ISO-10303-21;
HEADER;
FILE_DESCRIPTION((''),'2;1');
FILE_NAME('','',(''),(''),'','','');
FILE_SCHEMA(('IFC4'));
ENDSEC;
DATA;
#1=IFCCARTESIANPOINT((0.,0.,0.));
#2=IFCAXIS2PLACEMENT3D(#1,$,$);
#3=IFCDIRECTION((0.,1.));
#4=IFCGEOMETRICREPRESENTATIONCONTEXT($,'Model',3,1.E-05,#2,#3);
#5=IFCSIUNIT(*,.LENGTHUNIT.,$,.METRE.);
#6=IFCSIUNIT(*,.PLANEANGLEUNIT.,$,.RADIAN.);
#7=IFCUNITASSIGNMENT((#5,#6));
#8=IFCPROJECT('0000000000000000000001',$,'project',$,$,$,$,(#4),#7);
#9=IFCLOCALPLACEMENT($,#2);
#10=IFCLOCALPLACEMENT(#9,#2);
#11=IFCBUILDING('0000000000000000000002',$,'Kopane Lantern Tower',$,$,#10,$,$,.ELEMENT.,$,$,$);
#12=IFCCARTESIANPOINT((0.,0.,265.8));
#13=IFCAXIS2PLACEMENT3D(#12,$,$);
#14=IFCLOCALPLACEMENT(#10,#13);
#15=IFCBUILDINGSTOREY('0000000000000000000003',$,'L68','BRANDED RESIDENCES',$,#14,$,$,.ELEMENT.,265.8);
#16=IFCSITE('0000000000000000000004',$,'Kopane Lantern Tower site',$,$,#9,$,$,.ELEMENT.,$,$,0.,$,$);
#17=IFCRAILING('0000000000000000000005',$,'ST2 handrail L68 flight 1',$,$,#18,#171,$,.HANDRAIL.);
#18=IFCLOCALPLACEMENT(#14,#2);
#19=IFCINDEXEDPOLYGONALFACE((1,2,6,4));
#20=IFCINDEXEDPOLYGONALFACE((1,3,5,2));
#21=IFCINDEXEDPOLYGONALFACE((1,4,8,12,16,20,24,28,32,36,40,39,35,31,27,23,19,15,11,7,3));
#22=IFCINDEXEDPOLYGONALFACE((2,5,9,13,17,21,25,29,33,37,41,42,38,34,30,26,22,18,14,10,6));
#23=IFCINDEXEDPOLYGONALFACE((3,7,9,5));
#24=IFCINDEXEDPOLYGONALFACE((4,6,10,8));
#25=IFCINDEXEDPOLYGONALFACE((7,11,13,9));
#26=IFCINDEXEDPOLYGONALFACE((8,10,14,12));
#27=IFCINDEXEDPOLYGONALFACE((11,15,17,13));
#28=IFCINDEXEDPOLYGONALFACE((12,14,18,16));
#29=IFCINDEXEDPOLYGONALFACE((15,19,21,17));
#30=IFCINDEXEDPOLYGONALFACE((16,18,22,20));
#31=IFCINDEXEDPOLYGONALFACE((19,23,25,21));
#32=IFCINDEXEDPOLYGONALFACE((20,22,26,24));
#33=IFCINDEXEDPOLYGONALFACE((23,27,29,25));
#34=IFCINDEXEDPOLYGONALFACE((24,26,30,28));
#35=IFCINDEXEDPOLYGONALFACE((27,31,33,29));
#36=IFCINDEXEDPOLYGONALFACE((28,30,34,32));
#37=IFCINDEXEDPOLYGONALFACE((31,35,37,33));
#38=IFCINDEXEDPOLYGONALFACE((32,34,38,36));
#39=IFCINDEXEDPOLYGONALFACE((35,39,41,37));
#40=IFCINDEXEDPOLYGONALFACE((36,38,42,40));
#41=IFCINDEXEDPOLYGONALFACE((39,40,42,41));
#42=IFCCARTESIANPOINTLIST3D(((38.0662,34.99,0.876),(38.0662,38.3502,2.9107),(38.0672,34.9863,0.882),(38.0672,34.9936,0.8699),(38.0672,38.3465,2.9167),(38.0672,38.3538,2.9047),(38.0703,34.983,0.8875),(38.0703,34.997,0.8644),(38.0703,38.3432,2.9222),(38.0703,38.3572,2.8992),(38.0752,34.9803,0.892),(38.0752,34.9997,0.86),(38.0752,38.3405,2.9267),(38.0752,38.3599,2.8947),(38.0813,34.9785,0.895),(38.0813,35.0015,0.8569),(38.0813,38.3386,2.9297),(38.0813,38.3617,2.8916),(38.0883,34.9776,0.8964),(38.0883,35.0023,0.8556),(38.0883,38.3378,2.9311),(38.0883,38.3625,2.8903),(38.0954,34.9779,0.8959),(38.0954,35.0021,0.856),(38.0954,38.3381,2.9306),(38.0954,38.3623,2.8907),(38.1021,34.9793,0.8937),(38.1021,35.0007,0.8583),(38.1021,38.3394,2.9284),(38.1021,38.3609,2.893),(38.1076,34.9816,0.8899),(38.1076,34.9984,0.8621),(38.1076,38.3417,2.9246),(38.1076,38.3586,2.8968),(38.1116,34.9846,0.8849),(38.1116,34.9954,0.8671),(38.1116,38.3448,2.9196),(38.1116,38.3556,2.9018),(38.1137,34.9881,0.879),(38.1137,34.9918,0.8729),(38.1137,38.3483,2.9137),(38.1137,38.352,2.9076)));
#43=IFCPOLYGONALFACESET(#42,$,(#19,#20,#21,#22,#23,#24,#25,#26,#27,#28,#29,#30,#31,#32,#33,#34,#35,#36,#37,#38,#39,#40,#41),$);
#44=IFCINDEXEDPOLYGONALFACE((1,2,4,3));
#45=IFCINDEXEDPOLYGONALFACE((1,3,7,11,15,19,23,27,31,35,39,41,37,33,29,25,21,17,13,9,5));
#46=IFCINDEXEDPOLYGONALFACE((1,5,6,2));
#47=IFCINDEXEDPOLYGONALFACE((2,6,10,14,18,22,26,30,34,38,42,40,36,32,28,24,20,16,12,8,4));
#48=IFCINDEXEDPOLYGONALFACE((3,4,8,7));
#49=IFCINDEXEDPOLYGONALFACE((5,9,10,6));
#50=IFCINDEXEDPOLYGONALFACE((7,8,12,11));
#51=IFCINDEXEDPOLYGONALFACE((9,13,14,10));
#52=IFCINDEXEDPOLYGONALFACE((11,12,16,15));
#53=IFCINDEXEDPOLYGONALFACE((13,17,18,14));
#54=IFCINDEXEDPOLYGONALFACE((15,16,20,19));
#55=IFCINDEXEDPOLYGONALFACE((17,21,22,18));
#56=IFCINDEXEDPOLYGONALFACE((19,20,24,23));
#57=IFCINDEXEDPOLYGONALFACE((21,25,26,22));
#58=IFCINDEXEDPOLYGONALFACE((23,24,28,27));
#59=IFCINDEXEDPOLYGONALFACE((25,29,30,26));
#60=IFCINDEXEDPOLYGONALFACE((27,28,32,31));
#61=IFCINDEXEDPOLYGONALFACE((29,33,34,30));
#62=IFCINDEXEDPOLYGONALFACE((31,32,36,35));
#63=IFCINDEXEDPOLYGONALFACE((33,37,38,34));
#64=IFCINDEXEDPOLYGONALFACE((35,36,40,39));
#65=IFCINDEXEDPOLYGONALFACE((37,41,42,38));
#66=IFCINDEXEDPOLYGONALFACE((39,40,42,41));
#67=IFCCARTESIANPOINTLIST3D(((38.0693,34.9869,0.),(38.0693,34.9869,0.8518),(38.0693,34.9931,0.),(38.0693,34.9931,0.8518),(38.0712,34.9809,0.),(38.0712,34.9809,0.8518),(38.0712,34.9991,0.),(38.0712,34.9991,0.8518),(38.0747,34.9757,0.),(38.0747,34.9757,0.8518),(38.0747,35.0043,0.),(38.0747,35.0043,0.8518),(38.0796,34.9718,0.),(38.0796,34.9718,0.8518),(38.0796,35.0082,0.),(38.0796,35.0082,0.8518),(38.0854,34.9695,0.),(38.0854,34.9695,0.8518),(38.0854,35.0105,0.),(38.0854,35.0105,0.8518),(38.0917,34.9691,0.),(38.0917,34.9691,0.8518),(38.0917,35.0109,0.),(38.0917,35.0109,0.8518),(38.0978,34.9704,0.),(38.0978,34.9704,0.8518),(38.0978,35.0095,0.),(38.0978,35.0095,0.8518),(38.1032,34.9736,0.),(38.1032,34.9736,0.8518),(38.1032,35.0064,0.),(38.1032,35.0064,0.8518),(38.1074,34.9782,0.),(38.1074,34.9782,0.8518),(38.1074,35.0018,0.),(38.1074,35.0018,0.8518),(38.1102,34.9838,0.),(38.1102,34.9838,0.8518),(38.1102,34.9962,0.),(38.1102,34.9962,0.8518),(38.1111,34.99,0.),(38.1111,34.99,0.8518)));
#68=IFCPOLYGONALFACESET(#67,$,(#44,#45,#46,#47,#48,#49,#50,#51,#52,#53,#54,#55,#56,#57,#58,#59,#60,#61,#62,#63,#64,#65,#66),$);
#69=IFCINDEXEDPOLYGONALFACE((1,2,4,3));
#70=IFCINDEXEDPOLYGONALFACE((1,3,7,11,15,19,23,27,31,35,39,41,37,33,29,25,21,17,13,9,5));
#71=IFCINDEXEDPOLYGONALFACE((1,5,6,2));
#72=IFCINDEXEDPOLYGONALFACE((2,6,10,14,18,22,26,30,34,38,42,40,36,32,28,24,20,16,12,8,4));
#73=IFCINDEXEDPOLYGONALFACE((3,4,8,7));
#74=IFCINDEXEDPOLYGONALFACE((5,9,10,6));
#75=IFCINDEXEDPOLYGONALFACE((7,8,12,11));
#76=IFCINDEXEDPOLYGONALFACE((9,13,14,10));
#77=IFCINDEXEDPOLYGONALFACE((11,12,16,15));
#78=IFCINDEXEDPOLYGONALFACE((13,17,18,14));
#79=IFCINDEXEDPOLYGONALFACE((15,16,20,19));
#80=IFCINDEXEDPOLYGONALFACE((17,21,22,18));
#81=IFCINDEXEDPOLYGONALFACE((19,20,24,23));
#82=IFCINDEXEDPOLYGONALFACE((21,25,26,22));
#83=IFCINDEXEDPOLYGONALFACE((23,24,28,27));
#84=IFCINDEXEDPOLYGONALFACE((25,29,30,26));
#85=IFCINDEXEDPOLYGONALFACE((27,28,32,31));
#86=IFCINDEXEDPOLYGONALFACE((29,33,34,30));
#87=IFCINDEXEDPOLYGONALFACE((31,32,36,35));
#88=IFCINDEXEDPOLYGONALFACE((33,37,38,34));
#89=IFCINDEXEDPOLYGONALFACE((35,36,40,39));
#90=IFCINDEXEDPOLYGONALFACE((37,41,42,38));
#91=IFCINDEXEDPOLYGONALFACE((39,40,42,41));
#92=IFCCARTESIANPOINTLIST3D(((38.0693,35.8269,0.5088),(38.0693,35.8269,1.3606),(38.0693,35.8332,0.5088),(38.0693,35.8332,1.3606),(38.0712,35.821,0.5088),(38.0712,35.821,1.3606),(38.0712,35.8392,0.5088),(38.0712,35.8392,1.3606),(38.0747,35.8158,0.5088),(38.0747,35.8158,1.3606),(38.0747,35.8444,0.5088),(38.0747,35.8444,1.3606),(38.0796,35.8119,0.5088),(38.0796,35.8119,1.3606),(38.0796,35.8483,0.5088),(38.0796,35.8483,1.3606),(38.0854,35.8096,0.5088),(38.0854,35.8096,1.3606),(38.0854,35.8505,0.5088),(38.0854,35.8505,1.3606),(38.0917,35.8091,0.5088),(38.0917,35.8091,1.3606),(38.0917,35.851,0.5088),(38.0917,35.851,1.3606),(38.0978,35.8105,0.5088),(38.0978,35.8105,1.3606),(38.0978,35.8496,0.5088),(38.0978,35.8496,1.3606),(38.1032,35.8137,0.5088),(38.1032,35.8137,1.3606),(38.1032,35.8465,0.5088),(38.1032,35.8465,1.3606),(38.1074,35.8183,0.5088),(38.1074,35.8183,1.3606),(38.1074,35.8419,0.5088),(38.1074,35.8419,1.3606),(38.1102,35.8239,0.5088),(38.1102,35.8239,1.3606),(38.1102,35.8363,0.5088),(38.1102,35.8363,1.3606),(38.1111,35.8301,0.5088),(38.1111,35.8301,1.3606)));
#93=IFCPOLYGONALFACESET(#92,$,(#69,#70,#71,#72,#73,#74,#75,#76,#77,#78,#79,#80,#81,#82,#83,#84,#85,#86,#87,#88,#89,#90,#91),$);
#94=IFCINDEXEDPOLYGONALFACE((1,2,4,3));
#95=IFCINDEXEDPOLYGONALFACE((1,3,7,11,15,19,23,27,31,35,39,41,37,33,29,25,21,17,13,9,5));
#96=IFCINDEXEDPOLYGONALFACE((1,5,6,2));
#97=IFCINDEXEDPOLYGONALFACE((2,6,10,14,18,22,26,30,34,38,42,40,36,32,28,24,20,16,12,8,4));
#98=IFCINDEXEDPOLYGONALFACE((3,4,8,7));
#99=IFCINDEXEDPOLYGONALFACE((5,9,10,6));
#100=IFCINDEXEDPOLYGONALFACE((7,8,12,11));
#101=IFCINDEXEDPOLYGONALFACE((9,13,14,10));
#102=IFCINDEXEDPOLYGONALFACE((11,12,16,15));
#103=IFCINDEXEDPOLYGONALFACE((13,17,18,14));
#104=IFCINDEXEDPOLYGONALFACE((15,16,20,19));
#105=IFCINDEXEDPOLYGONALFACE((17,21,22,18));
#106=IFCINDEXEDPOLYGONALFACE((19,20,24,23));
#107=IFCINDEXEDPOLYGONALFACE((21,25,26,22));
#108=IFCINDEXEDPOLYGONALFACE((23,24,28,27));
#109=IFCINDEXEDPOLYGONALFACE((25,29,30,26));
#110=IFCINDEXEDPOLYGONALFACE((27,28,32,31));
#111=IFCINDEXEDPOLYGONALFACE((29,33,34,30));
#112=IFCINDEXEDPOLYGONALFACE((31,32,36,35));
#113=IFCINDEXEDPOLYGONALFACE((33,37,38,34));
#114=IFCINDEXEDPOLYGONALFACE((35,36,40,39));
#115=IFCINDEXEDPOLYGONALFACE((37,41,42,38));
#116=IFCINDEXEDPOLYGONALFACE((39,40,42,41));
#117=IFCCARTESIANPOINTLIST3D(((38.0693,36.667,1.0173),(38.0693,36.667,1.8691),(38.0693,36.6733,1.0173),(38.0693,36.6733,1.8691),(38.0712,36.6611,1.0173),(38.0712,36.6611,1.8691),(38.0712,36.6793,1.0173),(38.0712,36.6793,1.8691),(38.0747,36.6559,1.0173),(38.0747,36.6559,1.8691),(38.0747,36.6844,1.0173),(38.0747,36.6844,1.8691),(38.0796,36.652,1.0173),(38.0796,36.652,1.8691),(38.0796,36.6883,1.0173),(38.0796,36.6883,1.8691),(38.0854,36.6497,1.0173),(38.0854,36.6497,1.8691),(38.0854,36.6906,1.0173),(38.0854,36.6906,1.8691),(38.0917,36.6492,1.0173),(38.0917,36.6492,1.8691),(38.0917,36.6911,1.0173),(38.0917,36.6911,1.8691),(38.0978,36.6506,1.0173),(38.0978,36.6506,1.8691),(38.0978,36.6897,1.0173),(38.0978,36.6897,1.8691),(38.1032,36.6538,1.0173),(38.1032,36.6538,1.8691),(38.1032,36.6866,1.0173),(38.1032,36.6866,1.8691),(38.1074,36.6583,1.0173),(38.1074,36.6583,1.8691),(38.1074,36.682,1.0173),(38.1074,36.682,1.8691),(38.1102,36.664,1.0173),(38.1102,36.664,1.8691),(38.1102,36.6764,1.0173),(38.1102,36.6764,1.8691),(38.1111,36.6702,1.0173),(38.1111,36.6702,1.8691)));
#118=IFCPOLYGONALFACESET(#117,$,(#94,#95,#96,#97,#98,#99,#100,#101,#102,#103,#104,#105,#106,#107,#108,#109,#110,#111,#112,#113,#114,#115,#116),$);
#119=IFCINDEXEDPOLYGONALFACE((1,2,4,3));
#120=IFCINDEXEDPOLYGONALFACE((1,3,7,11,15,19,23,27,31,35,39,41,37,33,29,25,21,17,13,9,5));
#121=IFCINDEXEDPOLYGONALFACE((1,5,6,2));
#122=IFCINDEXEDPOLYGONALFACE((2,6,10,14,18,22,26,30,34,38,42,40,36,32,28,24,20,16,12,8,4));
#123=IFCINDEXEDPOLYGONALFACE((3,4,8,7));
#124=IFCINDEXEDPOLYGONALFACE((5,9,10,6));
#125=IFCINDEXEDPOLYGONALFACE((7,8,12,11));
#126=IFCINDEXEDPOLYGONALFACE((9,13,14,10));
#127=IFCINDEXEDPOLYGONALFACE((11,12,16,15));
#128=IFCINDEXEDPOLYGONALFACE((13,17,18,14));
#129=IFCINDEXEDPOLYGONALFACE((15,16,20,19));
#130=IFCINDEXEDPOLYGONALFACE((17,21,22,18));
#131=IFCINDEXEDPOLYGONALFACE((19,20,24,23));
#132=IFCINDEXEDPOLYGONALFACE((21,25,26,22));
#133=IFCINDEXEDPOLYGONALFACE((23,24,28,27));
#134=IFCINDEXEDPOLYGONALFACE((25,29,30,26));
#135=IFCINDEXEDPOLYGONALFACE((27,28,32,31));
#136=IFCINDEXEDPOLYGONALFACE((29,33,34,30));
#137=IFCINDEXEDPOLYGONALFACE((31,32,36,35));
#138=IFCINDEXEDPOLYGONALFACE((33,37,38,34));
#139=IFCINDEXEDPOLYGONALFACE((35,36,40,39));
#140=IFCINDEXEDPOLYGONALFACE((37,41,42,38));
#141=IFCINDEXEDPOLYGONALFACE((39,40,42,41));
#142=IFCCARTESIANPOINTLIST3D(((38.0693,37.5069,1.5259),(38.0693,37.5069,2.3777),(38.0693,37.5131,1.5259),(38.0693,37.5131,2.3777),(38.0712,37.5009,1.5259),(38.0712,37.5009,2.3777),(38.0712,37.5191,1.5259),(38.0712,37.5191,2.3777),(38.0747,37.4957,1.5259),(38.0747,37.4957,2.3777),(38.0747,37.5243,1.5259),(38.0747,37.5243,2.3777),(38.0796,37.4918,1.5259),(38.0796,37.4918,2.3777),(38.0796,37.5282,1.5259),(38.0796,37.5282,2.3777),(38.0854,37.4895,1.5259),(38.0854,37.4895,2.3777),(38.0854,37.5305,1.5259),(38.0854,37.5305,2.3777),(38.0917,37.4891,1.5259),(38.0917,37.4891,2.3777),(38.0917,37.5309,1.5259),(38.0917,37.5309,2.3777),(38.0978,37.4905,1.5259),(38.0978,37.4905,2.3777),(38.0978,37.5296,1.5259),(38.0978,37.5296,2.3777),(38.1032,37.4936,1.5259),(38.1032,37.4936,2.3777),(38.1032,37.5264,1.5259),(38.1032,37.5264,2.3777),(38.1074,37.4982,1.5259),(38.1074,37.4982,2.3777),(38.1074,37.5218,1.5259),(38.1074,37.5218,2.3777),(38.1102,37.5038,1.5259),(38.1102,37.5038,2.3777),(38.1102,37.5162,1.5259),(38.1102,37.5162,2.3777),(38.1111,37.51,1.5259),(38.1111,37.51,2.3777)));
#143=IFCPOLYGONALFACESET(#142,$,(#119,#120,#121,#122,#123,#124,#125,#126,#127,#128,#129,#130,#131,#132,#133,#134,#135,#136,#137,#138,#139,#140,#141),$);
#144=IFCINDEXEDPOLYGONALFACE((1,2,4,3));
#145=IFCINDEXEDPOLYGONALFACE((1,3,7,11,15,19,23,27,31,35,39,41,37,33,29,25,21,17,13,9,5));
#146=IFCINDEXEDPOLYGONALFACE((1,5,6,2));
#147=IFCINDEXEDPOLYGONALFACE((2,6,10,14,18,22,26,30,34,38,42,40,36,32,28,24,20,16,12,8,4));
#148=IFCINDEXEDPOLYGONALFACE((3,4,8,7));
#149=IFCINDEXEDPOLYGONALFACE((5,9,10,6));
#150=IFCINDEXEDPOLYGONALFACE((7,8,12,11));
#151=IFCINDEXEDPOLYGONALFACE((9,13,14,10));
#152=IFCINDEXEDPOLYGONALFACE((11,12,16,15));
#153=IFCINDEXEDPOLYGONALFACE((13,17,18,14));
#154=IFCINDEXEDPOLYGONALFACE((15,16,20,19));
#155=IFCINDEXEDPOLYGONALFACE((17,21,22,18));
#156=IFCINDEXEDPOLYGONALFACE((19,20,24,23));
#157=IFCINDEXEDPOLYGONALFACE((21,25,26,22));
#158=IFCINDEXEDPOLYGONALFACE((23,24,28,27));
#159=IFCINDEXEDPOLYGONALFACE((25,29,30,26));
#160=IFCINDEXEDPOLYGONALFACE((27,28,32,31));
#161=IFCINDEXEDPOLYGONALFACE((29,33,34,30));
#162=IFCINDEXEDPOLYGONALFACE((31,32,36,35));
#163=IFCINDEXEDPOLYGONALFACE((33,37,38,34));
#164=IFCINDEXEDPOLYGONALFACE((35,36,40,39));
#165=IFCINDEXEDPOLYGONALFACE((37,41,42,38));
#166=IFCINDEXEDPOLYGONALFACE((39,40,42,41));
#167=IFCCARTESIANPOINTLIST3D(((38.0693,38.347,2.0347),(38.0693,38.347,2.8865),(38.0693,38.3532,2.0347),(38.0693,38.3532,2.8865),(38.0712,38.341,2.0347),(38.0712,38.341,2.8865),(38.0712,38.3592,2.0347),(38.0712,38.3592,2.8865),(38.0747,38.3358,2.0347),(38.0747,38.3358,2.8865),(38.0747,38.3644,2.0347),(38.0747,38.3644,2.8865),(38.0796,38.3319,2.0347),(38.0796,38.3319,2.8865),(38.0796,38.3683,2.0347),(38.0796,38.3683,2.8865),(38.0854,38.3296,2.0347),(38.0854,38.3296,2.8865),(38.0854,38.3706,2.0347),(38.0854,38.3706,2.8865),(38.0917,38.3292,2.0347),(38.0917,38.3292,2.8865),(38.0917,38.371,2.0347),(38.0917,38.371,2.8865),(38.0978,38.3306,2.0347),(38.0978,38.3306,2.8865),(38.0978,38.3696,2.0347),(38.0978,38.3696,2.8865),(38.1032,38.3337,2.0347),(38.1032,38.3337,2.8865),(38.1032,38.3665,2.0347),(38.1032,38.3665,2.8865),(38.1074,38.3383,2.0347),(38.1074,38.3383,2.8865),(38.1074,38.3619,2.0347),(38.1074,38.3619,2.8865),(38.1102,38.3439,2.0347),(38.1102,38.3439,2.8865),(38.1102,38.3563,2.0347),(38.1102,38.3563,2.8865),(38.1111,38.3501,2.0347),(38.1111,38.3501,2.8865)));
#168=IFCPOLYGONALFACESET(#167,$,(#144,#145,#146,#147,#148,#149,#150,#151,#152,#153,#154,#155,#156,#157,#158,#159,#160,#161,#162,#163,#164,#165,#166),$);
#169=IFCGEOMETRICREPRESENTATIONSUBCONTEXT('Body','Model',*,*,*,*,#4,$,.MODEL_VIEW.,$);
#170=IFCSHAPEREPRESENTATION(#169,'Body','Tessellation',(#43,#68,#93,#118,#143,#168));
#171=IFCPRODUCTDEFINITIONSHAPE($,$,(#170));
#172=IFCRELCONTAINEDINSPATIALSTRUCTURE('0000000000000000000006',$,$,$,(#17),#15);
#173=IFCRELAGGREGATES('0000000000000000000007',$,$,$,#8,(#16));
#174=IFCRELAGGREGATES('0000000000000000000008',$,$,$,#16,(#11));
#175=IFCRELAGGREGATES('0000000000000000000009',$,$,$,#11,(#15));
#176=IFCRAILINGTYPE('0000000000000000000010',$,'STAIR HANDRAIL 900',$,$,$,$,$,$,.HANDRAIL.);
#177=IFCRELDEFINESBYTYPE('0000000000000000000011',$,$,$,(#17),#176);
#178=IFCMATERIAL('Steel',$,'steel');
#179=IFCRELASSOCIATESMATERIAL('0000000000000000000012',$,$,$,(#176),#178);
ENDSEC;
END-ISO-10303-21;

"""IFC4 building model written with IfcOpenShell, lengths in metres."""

from ifc_helpers import new_model, si_unit, direction, frame, origin, origin_2d, place, context, subcontext, project, spatial, circle, extrude, material, type_object, element, save


model = new_model("IFC4")

# Units and contexts
model_context = context("Model", 3, precision=1e-05, world=origin(), true_north=direction((0.0, 1.0)))
body_context = subcontext(model_context, "Body", "Model", "MODEL_VIEW")
ifc_project = project(units=[si_unit("LENGTHUNIT", "METRE"), si_unit("PLANEANGLEUNIT", "RADIAN")], contexts=[model_context])

# Site, building, storey
site_placement = place(None, origin())
site = spatial("IfcSite", under=ifc_project, at=site_placement, Name="Kopane Lantern Tower site", CompositionType="ELEMENT", RefElevation=0.0)
building_placement = place(site_placement, origin())
building = spatial("IfcBuilding", under=site, at=building_placement, Name="Kopane Lantern Tower", CompositionType="ELEMENT")
storey_placement = place(building_placement, frame((0.0, 0.0, 265.8)))
storey = spatial("IfcBuildingStorey", under=building, at=storey_placement, Name="L68", Description="BRANDED RESIDENCES", CompositionType="ELEMENT", Elevation=265.8)

# Railing
ifc_material_1 = material(Name="Steel", Category="steel")
railing_type_1 = type_object("IfcRailingType", Name="STAIR HANDRAIL 900", PredefinedType="HANDRAIL", material=ifc_material_1)
for number, where, name in (
    (1, (38.0901, 34.99, 0.0), "ST2 handrail L68 flight 1"),
):
    element("IfcRailing", number, at=place(storey_placement, frame(where)), inside=storey, type_object=railing_type_1, Name=name, PredefinedType="HANDRAIL", context=body_context, shape_type="SweptSolid", body=[
        extrude(circle(Radius=0.0239, at=origin_2d()), frame((0.0, 0.0, 0.876), z_axis=(0.0, 0.855396, 0.517974), x_axis=(-1.0, 0.0, 0.0)), (0.0, 0.0, 1.0), 3.9282),
        extrude(circle(Radius=0.021, at=origin_2d()), origin(), (0.0, 0.0, 1.0), 0.8518),
        extrude(circle(Radius=0.021, at=origin_2d()), frame((0.0, 0.8401, 0.5088)), (0.0, 0.0, 1.0), 0.8518),
        extrude(circle(Radius=0.021, at=origin_2d()), frame((0.0, 1.6802, 1.0173)), (0.0, 0.0, 1.0), 0.8518),
        extrude(circle(Radius=0.021, at=origin_2d()), frame((0.0, 2.52, 1.5259)), (0.0, 0.0, 1.0), 0.8518),
        extrude(circle(Radius=0.021, at=origin_2d()), frame((0.0, 3.3601, 2.0347)), (0.0, 0.0, 1.0), 0.8518),
    ])

save(model, "model.ifc")
